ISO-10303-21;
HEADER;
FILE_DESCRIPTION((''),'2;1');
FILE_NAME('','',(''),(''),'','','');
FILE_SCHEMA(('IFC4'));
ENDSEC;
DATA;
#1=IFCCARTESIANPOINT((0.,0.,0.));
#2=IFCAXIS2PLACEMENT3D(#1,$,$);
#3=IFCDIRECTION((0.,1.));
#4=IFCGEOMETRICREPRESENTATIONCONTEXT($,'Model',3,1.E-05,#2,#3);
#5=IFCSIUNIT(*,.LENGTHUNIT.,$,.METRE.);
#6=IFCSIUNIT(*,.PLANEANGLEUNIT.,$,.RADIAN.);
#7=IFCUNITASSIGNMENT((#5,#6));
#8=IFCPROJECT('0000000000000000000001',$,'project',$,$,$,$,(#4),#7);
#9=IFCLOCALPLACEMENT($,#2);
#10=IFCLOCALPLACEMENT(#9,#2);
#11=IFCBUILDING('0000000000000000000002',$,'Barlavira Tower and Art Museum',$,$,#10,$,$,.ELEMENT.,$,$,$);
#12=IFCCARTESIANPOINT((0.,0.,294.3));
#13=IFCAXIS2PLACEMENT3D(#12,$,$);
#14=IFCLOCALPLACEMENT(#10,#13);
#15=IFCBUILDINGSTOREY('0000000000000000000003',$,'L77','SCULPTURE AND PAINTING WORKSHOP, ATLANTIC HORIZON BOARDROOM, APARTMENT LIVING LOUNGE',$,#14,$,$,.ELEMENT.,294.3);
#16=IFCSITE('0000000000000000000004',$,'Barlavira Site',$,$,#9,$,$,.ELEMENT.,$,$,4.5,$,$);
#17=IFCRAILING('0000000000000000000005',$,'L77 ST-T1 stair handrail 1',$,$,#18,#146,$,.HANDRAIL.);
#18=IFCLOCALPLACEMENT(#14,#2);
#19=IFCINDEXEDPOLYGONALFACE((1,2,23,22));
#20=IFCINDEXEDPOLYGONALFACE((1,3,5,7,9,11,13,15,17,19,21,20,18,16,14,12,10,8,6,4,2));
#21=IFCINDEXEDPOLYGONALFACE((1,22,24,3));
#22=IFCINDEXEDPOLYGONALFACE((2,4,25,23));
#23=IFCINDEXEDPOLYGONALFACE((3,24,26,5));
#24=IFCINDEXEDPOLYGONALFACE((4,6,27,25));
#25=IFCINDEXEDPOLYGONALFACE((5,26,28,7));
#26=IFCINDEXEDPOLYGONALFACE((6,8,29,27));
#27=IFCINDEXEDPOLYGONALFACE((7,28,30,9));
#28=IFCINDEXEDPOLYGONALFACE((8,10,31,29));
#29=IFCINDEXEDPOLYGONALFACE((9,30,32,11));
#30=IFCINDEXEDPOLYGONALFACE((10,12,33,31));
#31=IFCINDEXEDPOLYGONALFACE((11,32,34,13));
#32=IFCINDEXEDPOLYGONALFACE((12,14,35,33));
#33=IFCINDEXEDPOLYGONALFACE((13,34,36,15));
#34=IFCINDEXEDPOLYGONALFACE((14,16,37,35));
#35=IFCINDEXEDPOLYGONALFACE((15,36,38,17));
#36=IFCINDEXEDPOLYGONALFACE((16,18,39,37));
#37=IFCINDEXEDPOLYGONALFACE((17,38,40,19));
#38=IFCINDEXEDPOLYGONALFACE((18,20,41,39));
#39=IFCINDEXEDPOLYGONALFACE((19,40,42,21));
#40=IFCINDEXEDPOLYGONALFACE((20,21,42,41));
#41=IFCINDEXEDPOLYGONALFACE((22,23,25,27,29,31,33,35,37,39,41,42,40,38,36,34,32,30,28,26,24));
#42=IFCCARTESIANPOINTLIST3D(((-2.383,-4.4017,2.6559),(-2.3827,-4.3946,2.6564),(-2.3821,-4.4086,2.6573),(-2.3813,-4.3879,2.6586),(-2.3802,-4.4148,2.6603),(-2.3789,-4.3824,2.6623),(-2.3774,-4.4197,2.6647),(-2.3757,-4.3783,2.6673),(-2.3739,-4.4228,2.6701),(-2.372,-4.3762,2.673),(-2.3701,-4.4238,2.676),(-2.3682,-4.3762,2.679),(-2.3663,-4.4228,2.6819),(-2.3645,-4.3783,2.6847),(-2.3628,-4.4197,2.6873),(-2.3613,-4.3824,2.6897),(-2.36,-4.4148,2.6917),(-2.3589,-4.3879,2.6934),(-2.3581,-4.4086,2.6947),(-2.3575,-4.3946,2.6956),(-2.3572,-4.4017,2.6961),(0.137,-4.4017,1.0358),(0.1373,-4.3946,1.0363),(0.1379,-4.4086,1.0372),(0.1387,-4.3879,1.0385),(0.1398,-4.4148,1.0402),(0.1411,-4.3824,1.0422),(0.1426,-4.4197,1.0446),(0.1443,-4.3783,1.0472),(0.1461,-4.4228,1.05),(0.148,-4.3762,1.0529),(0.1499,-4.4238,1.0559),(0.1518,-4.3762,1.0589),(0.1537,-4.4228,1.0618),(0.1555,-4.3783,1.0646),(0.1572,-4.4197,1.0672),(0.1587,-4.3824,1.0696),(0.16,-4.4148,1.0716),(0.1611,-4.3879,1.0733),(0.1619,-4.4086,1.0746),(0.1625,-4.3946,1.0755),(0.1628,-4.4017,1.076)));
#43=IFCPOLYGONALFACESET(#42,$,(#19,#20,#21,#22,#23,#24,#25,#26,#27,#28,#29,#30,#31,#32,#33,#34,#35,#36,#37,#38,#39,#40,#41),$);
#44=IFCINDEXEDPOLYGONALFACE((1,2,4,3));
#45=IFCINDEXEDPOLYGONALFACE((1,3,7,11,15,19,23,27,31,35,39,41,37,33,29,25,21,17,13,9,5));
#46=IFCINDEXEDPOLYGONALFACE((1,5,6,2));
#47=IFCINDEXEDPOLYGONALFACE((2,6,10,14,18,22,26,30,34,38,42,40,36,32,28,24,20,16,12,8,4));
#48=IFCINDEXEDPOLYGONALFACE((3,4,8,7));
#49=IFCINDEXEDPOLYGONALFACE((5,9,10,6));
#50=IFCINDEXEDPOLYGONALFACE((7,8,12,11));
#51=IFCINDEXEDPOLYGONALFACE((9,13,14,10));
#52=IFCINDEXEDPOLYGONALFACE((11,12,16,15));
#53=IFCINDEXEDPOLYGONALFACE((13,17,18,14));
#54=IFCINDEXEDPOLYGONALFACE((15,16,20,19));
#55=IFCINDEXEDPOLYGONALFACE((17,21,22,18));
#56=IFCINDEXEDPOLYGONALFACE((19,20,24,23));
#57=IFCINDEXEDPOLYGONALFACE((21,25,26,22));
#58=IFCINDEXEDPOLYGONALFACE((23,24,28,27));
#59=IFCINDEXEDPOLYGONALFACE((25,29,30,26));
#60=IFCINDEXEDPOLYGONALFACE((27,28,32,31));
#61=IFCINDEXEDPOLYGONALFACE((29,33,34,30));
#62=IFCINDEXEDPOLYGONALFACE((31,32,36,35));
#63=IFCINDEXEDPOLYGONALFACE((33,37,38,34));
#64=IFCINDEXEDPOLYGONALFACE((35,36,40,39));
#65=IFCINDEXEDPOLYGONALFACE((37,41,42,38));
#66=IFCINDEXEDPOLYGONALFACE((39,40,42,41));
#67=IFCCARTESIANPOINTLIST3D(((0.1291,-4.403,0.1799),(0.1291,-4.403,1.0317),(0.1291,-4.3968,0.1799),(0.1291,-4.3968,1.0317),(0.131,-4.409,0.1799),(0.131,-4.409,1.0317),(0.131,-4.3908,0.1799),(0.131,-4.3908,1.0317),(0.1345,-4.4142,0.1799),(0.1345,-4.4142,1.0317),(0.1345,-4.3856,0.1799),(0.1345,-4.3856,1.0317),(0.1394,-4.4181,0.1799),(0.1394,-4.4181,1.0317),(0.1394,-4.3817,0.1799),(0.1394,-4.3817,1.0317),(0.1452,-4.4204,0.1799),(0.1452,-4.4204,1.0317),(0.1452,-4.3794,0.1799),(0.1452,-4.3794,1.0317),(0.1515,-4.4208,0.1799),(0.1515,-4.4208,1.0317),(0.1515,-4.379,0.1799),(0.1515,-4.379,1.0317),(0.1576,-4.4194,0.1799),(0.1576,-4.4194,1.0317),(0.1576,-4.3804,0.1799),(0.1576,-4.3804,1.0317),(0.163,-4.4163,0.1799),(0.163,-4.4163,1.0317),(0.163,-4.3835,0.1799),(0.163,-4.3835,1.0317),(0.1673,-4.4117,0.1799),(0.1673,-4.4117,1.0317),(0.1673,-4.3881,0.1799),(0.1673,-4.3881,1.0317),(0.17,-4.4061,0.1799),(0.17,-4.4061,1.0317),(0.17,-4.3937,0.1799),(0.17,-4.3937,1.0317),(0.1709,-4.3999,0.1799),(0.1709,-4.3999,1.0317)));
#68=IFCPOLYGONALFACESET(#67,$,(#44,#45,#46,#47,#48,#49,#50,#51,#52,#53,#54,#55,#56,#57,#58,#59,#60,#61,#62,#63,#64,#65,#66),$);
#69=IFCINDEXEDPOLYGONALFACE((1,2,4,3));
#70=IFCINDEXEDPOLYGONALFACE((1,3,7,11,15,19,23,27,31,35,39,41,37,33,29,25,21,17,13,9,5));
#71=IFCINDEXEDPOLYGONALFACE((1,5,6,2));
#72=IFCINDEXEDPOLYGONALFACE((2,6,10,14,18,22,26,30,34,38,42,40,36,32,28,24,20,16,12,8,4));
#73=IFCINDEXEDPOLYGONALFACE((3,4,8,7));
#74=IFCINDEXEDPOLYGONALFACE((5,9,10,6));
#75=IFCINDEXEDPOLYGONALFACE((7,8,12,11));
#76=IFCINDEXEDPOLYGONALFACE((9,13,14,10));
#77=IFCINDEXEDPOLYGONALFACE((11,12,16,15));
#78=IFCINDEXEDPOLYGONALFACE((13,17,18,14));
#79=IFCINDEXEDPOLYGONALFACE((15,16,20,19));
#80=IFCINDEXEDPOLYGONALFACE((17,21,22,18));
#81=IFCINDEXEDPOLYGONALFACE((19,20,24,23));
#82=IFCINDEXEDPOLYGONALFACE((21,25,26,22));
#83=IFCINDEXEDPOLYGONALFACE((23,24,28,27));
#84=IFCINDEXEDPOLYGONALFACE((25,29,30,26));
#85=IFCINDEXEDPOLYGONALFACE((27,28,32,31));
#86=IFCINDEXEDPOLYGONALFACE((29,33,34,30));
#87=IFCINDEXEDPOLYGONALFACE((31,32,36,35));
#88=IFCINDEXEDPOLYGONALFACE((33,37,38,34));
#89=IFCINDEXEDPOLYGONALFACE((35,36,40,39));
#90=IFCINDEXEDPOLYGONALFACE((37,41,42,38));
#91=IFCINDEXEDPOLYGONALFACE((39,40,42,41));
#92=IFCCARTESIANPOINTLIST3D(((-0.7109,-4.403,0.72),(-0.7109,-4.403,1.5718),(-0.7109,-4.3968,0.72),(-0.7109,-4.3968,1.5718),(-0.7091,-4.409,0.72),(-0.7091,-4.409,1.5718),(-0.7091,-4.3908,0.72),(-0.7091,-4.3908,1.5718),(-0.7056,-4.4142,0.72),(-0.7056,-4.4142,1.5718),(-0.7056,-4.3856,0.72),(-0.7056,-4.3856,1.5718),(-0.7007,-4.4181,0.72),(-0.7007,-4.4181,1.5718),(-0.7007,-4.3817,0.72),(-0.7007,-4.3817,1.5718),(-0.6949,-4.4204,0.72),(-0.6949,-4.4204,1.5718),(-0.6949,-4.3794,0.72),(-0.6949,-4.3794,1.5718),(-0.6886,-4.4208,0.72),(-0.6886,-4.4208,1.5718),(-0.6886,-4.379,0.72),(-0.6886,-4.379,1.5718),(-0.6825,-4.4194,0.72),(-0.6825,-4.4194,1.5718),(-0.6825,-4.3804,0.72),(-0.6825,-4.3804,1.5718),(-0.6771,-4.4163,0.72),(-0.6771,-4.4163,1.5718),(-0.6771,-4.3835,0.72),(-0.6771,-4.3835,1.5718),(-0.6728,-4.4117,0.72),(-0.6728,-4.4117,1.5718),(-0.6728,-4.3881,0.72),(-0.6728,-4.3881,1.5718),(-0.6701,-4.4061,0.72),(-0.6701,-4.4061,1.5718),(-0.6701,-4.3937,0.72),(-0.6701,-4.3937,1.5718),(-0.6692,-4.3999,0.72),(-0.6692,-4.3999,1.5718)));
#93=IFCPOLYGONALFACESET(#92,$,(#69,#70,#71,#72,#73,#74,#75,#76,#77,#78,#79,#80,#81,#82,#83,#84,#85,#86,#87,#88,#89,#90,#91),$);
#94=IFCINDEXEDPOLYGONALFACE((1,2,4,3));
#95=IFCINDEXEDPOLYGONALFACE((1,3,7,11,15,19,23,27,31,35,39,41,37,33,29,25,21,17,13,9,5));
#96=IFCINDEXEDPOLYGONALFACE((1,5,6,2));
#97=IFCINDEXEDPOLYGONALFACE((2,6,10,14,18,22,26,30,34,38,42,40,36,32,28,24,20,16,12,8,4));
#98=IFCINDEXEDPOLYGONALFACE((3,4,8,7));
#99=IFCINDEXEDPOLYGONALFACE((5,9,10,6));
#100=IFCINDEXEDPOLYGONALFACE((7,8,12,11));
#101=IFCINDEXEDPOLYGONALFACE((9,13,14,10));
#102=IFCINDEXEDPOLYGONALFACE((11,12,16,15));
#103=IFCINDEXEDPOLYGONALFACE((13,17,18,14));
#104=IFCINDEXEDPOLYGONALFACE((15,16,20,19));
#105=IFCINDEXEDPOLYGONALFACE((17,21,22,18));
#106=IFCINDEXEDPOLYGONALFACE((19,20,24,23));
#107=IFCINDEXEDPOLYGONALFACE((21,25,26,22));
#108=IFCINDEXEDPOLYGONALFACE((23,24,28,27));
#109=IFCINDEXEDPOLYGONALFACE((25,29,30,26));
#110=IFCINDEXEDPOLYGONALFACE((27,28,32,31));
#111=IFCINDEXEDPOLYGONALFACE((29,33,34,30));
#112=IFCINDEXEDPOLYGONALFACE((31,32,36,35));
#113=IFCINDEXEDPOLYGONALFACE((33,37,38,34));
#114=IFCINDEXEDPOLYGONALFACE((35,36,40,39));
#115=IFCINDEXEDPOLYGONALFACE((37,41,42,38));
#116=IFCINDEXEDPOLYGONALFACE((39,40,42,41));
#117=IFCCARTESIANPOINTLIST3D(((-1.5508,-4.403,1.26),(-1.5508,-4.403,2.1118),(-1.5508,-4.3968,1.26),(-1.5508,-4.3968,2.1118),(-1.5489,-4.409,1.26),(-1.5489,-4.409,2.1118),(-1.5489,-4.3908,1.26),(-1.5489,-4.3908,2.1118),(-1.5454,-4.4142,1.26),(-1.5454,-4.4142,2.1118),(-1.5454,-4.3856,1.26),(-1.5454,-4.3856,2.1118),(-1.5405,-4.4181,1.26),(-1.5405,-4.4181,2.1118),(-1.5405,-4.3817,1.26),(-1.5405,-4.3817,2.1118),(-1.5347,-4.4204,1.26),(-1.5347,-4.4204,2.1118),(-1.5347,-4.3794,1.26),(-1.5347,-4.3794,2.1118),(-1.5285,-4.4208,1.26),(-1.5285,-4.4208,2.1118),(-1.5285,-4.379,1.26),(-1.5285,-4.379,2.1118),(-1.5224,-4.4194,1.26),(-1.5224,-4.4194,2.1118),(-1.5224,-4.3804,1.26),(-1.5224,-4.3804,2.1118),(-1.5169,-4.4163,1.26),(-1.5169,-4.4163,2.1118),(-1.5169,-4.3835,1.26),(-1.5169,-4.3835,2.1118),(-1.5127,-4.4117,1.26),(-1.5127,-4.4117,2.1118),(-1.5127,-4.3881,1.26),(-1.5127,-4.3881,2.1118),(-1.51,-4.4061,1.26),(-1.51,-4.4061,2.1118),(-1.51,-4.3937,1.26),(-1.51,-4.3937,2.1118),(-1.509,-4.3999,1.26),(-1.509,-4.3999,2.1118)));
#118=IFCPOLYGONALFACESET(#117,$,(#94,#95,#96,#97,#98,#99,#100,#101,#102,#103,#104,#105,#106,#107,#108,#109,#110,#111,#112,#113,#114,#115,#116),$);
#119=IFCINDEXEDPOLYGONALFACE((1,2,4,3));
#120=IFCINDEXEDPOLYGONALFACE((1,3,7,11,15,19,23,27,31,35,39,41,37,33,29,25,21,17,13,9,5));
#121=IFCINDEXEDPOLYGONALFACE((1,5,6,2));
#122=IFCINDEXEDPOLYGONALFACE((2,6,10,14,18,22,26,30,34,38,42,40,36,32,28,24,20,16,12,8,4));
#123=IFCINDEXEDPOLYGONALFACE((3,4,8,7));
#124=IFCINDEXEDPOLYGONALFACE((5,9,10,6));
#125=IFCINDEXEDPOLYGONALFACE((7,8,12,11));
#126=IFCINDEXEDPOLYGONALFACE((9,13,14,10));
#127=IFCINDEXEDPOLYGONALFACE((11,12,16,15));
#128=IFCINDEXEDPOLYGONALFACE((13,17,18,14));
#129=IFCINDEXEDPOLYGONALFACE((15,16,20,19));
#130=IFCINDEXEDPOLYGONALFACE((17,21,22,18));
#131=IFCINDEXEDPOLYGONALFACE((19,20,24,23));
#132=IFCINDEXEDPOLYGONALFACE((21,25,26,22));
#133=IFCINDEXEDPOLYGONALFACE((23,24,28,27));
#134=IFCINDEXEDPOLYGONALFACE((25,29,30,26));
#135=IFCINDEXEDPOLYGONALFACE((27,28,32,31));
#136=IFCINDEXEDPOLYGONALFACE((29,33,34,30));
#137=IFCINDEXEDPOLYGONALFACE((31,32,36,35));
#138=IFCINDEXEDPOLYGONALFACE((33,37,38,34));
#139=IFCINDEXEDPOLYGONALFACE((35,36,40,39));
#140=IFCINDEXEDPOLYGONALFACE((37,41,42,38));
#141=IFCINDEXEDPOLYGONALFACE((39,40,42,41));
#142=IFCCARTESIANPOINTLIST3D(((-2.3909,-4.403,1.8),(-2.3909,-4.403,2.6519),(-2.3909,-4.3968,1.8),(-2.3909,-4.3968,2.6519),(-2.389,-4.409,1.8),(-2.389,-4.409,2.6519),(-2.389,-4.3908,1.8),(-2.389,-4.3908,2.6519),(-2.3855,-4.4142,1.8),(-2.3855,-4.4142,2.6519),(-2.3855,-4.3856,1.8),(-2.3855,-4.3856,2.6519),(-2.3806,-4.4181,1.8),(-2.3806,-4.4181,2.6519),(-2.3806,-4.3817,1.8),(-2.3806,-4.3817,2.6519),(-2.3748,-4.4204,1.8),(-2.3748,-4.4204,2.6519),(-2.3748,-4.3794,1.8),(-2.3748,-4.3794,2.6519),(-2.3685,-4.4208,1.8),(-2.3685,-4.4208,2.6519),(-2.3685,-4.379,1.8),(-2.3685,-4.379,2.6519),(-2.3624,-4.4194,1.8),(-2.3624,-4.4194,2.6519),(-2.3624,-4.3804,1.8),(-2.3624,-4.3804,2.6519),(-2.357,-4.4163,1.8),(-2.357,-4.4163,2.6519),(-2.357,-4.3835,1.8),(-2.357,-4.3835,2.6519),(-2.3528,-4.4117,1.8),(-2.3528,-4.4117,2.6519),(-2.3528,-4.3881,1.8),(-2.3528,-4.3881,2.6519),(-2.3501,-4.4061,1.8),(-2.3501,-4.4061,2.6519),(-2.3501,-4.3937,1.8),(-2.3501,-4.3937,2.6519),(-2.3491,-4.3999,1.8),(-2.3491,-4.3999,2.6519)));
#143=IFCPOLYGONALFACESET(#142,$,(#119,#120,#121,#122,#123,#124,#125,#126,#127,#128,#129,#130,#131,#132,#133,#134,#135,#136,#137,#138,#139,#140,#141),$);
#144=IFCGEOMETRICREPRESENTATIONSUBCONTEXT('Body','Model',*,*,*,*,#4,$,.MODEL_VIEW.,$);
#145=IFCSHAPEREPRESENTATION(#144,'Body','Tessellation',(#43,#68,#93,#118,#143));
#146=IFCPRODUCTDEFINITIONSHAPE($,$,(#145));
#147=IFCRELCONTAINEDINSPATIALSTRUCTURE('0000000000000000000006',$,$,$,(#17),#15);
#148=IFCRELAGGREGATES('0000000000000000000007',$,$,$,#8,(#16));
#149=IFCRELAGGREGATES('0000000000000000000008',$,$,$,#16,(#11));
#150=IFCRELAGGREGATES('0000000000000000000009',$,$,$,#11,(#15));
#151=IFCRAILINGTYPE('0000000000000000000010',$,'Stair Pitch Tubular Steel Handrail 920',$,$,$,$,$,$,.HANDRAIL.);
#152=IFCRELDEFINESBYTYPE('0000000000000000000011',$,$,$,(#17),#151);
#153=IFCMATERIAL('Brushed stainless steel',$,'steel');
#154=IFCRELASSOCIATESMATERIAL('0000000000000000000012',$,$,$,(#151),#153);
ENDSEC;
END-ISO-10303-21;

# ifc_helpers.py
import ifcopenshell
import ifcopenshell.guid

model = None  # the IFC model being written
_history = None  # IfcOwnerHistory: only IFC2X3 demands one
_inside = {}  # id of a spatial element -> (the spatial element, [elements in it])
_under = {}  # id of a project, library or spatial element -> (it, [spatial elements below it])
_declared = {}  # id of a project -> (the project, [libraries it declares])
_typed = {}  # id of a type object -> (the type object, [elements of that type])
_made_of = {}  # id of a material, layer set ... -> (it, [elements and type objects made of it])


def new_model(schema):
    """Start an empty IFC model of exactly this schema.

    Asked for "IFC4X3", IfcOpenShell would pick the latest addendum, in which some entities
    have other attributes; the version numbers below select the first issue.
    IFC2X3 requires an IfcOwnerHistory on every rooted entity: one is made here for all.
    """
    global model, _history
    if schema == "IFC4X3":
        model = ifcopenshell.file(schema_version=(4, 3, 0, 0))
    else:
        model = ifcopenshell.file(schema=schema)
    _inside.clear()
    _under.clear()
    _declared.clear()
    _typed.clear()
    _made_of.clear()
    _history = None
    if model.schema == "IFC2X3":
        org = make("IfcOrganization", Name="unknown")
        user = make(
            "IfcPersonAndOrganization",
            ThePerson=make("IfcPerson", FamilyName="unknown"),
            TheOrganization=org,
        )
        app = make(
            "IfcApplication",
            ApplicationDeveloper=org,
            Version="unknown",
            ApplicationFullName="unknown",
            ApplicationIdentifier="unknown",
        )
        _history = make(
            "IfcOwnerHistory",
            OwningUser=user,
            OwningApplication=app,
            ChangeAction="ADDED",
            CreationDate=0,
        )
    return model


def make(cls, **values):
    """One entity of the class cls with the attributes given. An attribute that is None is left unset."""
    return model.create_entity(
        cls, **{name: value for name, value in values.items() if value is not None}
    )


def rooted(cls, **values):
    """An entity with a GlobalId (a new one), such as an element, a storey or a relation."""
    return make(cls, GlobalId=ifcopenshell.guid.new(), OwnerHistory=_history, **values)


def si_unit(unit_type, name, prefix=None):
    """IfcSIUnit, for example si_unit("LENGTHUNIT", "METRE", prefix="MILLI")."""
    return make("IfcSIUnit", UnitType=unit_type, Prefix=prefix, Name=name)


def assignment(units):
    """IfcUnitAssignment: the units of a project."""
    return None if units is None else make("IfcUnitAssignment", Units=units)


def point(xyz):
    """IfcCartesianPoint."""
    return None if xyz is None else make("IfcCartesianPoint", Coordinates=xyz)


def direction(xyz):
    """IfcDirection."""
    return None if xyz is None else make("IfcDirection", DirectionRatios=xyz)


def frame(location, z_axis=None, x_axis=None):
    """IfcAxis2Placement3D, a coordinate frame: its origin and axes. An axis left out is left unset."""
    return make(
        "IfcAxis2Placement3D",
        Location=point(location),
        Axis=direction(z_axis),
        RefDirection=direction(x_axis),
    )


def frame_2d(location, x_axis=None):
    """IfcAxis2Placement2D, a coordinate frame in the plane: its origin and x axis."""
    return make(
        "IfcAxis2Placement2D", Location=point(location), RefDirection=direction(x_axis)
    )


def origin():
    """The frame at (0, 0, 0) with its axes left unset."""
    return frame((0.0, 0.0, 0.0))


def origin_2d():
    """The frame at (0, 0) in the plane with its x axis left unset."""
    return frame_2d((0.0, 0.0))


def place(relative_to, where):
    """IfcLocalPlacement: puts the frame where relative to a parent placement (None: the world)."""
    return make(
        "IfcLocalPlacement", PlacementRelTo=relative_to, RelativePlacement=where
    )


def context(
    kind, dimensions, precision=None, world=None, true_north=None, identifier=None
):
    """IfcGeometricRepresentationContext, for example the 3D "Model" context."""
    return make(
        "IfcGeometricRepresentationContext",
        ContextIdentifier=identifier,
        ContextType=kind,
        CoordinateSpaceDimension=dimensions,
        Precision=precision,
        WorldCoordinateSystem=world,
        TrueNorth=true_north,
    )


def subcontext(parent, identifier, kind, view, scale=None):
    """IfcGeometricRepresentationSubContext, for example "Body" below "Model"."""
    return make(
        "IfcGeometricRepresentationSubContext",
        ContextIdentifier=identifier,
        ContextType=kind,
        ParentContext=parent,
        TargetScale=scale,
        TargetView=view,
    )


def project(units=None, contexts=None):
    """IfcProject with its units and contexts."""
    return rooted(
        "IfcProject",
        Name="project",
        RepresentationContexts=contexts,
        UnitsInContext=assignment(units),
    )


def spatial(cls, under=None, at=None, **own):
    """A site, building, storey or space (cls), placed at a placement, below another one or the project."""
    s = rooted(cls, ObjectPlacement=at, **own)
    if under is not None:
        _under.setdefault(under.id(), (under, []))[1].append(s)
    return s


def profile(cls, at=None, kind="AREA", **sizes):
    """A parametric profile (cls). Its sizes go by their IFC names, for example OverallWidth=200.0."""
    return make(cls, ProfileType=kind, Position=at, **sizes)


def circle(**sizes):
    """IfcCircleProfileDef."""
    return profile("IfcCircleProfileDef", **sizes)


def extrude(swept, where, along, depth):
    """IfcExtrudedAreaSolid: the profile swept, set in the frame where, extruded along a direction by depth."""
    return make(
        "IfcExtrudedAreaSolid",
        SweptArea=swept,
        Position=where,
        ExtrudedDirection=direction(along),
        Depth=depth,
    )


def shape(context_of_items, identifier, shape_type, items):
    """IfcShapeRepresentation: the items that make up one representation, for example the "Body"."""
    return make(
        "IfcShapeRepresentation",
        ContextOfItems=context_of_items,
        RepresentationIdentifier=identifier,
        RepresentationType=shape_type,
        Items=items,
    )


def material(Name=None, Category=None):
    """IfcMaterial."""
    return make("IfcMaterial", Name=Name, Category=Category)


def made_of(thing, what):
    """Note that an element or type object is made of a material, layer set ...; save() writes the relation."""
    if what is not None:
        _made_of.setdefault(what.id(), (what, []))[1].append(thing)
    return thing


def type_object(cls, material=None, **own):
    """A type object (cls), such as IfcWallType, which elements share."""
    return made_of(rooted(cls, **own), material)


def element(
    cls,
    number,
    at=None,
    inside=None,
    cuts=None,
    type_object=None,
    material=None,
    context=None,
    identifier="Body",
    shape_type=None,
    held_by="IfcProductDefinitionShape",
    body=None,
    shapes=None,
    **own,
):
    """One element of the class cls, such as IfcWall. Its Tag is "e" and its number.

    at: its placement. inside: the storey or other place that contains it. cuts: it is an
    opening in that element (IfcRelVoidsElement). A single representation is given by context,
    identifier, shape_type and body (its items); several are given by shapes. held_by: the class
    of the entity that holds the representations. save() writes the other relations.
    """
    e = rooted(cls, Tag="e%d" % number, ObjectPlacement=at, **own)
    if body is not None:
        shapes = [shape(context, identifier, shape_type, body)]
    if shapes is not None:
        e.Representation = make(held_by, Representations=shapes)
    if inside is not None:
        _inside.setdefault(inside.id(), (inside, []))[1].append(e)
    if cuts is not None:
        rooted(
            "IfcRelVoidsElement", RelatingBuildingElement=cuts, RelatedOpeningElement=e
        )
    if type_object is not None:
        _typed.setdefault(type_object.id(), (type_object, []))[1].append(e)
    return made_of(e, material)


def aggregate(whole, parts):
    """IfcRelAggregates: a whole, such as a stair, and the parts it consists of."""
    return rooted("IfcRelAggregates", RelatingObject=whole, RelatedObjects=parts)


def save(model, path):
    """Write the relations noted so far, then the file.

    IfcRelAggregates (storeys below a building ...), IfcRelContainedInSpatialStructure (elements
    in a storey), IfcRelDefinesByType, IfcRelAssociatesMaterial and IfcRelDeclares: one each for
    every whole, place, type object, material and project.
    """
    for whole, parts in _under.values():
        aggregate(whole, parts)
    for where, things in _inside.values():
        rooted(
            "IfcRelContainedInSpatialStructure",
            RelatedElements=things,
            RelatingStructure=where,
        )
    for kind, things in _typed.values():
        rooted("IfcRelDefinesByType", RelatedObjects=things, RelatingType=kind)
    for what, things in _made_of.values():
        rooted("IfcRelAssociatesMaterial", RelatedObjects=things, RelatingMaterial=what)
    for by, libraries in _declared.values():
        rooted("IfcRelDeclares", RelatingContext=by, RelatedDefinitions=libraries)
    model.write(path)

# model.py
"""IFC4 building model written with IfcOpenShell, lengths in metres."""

from ifc_helpers import new_model, si_unit, direction, frame, origin, origin_2d, place, context, subcontext, project, spatial, circle, extrude, material, type_object, element, save


model = new_model("IFC4")

# Units and contexts
model_context = context("Model", 3, precision=1e-05, world=origin(), true_north=direction((0.0, 1.0)))
body_context = subcontext(model_context, "Body", "Model", "MODEL_VIEW")
ifc_project = project(units=[si_unit("LENGTHUNIT", "METRE"), si_unit("PLANEANGLEUNIT", "RADIAN")], contexts=[model_context])

# Site, building, storey
site_placement = place(None, origin())
site = spatial("IfcSite", under=ifc_project, at=site_placement, Name="Barlavira Site", CompositionType="ELEMENT", RefElevation=4.5)
building_placement = place(site_placement, origin())
building = spatial("IfcBuilding", under=site, at=building_placement, Name="Barlavira Tower and Art Museum", CompositionType="ELEMENT")
storey_placement = place(building_placement, frame((0.0, 0.0, 294.3)))
storey = spatial("IfcBuildingStorey", under=building, at=storey_placement, Name="L77", Description="SCULPTURE AND PAINTING WORKSHOP, ATLANTIC HORIZON BOARDROOM, APARTMENT LIVING LOUNGE", CompositionType="ELEMENT", Elevation=294.3)

# Shared definitions
ifc_material_1 = material(Name="Brushed stainless steel", Category="steel")

# Railing
railing_type_1 = type_object("IfcRailingType", Name="Stair Pitch Tubular Steel Handrail 920", PredefinedType="HANDRAIL", material=ifc_material_1)
railing_1_placement = place(storey_placement, frame((0.1499, -4.3999, 0.1799)))
element("IfcRailing", 1, at=railing_1_placement, inside=storey, type_object=railing_type_1, Name="L77 ST-T1 stair handrail 1", PredefinedType="HANDRAIL", context=body_context, shape_type="SweptSolid", body=[
    extrude(circle(Radius=0.0239, at=origin_2d()), frame((0.0, 0.0, 0.876), z_axis=(-0.841163, 0.0, 0.540782), x_axis=(0.0, -1.0, 0.0)), (0.0, 0.0, 1.0), 2.9958),
    extrude(circle(Radius=0.021, at=origin_2d()), origin(), (0.0, 0.0, 1.0), 0.8518),
    extrude(circle(Radius=0.021, at=origin_2d()), frame((-0.8401, 0.0, 0.54)), (0.0, 0.0, 1.0), 0.8518),
    extrude(circle(Radius=0.021, at=origin_2d()), frame((-1.6799, 0.0, 1.0801)), (0.0, 0.0, 1.0), 0.8518),
    extrude(circle(Radius=0.021, at=origin_2d()), frame((-2.52, 0.0, 1.6201)), (0.0, 0.0, 1.0), 0.8518),
])

save(model, "model.ifc")
